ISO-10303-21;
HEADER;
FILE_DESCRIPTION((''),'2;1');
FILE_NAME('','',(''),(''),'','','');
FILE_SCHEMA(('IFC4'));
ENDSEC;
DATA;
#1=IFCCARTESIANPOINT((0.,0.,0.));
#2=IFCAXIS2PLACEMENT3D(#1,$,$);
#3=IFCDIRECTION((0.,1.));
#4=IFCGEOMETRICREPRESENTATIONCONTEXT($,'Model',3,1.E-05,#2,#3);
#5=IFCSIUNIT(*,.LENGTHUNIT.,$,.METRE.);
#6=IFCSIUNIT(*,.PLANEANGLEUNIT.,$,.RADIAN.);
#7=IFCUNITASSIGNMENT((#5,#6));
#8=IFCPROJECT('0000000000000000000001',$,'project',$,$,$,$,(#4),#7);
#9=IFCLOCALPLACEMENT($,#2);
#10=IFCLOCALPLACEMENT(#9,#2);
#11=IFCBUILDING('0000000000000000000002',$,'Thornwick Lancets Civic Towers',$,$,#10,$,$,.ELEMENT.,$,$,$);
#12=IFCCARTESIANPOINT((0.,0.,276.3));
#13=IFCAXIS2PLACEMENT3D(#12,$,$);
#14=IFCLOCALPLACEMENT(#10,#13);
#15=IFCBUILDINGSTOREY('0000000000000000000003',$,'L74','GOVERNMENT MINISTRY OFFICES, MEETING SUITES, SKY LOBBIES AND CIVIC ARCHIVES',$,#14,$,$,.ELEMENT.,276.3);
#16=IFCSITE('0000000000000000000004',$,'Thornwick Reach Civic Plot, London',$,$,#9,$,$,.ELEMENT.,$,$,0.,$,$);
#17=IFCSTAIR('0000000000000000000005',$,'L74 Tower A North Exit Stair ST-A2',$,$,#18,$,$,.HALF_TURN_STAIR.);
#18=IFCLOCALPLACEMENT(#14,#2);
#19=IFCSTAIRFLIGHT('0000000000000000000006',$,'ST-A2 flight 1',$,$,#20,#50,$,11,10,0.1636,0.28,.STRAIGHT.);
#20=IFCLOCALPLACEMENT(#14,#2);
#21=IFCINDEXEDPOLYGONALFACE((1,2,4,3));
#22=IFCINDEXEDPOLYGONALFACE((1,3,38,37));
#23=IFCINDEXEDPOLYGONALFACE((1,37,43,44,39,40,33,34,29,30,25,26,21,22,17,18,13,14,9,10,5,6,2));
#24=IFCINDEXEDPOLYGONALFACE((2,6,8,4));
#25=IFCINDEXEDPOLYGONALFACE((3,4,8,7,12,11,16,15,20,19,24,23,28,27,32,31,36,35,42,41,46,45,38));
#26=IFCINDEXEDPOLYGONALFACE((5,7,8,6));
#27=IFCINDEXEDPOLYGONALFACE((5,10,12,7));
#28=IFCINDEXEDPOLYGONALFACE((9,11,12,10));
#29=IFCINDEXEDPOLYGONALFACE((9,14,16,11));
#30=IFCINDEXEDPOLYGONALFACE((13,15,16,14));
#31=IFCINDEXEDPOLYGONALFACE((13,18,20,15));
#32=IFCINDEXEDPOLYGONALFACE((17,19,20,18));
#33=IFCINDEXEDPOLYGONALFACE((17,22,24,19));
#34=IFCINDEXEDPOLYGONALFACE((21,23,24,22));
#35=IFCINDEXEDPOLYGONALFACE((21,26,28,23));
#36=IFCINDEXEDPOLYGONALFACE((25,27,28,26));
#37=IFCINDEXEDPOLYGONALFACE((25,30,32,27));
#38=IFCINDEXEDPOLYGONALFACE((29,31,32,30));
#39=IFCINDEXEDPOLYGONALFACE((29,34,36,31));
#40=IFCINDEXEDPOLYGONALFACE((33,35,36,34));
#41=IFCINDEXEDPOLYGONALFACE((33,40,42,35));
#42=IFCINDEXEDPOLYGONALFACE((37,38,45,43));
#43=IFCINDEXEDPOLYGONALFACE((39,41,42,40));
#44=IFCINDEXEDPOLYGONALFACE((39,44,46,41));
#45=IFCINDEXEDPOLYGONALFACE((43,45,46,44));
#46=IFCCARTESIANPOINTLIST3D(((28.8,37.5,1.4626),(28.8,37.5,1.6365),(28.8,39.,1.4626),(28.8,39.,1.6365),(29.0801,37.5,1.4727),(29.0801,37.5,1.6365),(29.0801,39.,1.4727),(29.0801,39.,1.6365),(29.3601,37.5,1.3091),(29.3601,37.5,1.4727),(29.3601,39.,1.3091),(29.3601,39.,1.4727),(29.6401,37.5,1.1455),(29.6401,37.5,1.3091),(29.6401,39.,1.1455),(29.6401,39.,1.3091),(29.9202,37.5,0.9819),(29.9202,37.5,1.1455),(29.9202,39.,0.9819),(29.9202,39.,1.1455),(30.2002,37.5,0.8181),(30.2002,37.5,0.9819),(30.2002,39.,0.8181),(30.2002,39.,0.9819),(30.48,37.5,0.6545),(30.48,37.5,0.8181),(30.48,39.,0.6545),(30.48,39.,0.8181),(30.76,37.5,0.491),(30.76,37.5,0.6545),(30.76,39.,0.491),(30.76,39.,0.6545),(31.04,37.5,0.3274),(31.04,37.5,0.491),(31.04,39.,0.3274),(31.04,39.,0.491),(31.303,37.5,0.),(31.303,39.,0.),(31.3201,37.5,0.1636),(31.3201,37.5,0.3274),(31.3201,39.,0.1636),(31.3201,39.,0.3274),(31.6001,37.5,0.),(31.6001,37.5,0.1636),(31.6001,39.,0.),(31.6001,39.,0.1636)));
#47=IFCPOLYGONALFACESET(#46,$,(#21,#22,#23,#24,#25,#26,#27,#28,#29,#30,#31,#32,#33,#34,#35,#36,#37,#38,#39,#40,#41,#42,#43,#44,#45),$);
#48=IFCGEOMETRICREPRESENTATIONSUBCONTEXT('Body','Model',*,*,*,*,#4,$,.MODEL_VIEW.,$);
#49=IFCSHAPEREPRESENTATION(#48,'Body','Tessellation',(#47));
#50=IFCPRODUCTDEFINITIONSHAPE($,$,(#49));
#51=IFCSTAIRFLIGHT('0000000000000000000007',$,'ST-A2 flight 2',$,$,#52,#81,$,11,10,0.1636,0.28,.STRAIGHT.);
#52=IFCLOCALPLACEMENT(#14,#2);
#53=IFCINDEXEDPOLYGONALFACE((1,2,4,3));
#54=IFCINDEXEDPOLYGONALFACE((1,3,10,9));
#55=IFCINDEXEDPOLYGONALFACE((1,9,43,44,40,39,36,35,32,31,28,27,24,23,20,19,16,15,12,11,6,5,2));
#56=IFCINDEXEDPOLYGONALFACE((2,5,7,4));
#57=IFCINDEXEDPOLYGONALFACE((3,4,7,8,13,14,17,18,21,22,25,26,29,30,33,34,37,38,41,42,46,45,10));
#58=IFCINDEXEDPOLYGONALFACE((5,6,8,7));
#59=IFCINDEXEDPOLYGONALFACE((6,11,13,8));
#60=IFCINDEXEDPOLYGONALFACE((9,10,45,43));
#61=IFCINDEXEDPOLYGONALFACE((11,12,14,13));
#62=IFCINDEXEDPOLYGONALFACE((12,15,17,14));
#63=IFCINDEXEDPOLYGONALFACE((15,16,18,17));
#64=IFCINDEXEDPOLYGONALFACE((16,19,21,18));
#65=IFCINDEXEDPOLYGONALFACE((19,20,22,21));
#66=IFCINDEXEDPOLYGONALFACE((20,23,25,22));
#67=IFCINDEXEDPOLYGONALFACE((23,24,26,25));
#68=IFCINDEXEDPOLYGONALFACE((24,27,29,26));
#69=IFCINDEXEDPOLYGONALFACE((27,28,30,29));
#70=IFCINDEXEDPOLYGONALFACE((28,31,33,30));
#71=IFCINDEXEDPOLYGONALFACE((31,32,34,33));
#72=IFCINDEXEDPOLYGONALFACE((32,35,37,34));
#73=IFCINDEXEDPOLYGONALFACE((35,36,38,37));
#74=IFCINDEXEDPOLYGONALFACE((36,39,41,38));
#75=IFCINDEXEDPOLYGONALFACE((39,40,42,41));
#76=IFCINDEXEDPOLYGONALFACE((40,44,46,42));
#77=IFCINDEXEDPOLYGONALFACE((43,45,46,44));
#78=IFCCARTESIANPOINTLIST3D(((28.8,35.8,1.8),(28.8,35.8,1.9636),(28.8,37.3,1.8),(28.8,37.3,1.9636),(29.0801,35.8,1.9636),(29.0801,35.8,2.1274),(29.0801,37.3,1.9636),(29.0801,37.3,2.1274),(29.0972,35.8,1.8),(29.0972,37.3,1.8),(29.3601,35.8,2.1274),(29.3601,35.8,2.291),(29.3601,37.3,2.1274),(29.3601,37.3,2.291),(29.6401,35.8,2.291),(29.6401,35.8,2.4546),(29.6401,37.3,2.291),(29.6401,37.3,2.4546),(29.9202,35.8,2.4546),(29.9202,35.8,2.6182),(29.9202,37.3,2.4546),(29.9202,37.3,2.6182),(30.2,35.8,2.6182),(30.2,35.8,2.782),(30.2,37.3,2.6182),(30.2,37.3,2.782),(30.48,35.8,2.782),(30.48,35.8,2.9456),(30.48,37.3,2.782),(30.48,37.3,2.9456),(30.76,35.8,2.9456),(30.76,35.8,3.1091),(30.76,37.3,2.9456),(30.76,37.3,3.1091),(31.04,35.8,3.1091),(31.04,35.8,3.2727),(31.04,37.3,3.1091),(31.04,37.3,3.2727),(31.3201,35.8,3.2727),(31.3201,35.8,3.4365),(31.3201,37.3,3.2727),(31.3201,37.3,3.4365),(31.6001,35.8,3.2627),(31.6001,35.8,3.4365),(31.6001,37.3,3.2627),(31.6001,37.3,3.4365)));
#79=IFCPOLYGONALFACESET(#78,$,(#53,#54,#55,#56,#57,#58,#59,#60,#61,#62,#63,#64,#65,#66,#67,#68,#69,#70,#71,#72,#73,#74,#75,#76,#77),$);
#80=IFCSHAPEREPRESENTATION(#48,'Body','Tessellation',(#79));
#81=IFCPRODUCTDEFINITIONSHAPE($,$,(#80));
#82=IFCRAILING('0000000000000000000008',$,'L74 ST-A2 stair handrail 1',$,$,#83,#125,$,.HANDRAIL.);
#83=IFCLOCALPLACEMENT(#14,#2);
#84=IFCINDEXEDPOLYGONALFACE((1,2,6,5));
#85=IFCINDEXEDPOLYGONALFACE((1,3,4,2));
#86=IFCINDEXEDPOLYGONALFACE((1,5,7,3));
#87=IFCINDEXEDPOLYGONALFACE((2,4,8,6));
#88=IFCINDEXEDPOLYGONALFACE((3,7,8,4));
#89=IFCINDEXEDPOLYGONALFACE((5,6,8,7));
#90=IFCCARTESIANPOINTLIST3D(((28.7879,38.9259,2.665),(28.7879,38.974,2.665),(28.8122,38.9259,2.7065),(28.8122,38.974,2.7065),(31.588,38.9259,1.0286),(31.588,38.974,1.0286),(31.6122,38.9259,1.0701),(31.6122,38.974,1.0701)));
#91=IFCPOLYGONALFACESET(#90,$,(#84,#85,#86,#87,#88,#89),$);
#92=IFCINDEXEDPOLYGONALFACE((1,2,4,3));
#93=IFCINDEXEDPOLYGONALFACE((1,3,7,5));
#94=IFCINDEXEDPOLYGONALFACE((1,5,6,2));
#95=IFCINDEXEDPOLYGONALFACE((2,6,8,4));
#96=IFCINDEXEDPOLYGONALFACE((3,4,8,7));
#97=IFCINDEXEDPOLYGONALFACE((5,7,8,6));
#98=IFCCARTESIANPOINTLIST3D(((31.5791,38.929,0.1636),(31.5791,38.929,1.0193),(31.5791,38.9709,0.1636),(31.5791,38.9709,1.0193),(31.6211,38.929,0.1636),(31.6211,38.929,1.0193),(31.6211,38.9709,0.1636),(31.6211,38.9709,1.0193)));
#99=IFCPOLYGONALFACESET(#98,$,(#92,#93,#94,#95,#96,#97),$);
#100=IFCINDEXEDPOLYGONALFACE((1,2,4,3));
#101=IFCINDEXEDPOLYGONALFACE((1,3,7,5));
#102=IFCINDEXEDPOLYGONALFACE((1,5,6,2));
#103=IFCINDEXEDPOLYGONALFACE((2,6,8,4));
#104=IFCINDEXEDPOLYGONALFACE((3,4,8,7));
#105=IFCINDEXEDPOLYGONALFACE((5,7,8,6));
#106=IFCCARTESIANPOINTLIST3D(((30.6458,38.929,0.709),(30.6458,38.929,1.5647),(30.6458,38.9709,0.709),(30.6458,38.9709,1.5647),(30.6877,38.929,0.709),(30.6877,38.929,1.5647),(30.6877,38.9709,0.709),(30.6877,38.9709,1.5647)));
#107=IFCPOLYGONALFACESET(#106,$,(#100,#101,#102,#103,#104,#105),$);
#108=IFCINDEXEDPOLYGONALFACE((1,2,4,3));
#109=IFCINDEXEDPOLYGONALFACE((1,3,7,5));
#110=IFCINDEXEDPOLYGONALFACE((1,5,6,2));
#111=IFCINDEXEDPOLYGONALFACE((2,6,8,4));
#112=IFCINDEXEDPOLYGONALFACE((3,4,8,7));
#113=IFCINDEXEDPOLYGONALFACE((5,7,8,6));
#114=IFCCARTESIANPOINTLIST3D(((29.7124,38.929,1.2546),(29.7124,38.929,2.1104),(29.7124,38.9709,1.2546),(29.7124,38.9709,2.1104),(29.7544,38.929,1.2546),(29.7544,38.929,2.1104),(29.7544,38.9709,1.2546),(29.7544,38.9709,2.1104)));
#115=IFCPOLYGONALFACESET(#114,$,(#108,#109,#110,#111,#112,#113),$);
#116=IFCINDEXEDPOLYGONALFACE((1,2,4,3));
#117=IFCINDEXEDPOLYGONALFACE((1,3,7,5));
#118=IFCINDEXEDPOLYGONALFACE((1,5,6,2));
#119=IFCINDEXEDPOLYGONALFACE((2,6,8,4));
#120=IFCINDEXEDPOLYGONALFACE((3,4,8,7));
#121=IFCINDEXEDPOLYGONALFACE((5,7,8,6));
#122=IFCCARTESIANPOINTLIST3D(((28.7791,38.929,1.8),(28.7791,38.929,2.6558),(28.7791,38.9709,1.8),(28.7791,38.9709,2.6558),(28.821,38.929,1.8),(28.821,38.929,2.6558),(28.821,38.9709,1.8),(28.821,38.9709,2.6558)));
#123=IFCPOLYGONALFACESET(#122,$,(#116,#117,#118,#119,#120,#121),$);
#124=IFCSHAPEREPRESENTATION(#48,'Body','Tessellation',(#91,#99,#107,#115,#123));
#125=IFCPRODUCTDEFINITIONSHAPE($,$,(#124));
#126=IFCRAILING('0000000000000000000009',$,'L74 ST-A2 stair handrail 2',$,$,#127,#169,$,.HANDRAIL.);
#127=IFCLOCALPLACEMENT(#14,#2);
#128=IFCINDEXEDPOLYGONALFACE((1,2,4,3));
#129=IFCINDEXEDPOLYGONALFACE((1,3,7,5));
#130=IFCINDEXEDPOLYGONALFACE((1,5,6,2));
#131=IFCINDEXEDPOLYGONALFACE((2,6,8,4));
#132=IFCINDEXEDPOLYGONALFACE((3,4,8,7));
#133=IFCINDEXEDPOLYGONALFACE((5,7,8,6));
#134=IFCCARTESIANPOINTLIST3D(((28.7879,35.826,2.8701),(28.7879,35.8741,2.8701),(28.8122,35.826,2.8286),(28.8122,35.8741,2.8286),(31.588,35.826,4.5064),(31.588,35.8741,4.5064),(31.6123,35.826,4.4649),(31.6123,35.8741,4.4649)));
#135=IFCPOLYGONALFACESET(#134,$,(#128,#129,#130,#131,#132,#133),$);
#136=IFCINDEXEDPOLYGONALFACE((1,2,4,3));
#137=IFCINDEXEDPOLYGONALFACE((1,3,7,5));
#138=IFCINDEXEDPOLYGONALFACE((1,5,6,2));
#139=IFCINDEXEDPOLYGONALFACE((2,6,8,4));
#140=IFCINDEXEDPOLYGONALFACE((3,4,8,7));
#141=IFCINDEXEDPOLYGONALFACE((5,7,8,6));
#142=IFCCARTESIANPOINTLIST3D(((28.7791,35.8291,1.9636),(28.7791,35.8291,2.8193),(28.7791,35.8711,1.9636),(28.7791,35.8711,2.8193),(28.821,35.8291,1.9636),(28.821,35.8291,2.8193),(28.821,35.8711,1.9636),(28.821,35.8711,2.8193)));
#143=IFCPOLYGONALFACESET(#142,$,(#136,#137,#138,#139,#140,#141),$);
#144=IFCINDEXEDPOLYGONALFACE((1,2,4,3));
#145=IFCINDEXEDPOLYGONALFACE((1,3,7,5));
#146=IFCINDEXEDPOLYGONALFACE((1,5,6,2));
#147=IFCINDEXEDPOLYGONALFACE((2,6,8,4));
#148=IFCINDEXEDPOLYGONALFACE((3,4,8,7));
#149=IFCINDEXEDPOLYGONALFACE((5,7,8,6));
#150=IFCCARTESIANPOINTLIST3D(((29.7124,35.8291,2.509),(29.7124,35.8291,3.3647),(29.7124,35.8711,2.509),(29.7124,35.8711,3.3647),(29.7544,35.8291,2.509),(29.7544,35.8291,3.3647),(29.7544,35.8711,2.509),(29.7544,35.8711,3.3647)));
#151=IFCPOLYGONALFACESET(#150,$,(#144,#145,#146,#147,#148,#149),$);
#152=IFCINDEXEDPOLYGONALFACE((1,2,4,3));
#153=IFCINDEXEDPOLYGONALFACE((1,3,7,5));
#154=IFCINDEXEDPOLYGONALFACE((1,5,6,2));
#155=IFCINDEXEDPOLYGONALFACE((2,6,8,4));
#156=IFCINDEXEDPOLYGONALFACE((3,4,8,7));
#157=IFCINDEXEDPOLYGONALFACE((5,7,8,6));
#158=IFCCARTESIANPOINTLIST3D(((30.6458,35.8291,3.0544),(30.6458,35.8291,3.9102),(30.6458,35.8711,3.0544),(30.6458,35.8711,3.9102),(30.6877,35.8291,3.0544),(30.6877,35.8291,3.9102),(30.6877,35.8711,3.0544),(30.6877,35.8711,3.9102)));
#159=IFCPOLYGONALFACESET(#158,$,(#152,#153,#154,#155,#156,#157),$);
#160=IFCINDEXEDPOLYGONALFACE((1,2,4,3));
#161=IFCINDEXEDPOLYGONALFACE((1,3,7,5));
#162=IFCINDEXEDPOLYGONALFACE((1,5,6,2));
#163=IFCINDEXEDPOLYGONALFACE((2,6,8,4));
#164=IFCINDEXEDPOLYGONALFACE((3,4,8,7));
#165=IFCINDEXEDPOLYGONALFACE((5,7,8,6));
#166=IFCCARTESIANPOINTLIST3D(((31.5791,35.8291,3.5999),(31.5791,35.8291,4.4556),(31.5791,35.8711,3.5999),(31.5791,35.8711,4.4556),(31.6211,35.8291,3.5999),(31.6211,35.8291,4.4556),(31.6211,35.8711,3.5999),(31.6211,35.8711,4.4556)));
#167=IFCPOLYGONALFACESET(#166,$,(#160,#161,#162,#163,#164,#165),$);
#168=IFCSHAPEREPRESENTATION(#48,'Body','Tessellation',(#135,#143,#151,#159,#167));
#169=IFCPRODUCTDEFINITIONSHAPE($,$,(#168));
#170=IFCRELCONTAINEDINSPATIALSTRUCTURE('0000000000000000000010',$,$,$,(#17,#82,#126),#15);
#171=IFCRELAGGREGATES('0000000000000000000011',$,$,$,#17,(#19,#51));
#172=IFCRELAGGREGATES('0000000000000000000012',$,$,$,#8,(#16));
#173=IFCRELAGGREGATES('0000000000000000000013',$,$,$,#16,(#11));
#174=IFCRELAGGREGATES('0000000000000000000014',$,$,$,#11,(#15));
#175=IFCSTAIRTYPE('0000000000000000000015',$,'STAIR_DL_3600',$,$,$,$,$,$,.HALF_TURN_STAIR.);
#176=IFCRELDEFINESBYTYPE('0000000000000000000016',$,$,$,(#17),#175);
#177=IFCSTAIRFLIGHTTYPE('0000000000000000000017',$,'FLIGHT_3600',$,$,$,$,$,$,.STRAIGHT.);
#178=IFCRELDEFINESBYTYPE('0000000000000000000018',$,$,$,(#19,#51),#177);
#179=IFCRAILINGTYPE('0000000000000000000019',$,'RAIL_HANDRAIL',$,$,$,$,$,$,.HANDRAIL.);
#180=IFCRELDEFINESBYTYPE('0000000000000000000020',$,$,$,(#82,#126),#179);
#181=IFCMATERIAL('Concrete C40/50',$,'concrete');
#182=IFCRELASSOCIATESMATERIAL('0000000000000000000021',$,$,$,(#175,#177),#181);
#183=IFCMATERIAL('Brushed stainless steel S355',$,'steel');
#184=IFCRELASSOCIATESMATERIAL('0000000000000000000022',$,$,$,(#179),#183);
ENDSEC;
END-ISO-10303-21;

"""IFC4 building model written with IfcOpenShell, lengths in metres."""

from ifc_helpers import new_model, si_unit, direction, frame, origin, origin_2d, place, context, subcontext, project, spatial, polyline, rectangle, outline, extrude, material, type_object, element, aggregate, save


model = new_model("IFC4")

# Units and contexts
model_context = context("Model", 3, precision=1e-05, world=origin(), true_north=direction((0.0, 1.0)))
body_context = subcontext(model_context, "Body", "Model", "MODEL_VIEW")
ifc_project = project(units=[si_unit("LENGTHUNIT", "METRE"), si_unit("PLANEANGLEUNIT", "RADIAN")], contexts=[model_context])

# Site, building, storey
site_placement = place(None, origin())
site = spatial("IfcSite", under=ifc_project, at=site_placement, Name="Thornwick Reach Civic Plot, London", CompositionType="ELEMENT", RefElevation=0.0)
building_placement = place(site_placement, origin())
building = spatial("IfcBuilding", under=site, at=building_placement, Name="Thornwick Lancets Civic Towers", CompositionType="ELEMENT")
storey_placement = place(building_placement, frame((0.0, 0.0, 276.3)))
storey = spatial("IfcBuildingStorey", under=building, at=storey_placement, Name="L74", Description="GOVERNMENT MINISTRY OFFICES, MEETING SUITES, SKY LOBBIES AND CIVIC ARCHIVES", CompositionType="ELEMENT", Elevation=276.3)

# Shared definitions
ifc_material_1 = material(Name="Concrete C40/50", Category="concrete")

# Stair, stair flights
stair_type = type_object("IfcStairType", Name="STAIR_DL_3600", PredefinedType="HALF_TURN_STAIR", material=ifc_material_1)
stair_placement = place(storey_placement, origin())
stair = element("IfcStair", 1, at=stair_placement, inside=storey, type_object=stair_type, Name="L74 Tower A North Exit Stair ST-A2", PredefinedType="HALF_TURN_STAIR")
stair_flight_type = type_object("IfcStairFlightType", Name="FLIGHT_3600", PredefinedType="STRAIGHT", material=ifc_material_1)
stair_flight_1_placement = place(storey_placement, frame((31.6001, 38.25, 0.0), z_axis=(0.0, 0.0, 1.0), x_axis=(-1.0, 0.0, 0.0)))
stair_flight_1 = element("IfcStairFlight", 2, at=stair_flight_1_placement, type_object=stair_flight_type, Name="ST-A2 flight 1", NumberOfRisers=11, NumberOfTreads=10, PredefinedType="STRAIGHT", RiserHeight=0.1636, TreadLength=0.28, context=body_context, shape_type="SweptSolid", body=[
    extrude(outline(polyline([(0.0, 0.0), (0.0, 0.1636), (0.28, 0.1636), (0.28, 0.3274), (0.5601, 0.3274), (0.5601, 0.491), (0.8401, 0.491), (0.8401, 0.6545), (1.1201, 0.6545), (1.1201, 0.8181), (1.3999, 0.8181), (1.3999, 0.9819), (1.6799, 0.9819), (1.6799, 1.1455), (1.96, 1.1455), (1.96, 1.3091), (2.24, 1.3091), (2.24, 1.4727), (2.52, 1.4727), (2.52, 1.6365), (2.8, 1.6365), (2.8, 1.8), (2.8, 1.4626), (0.2971, 0.0), (0.0, 0.0)])), frame((0.0, 0.75, 0.0), z_axis=(0.0, -1.0, 0.0), x_axis=(1.0, 0.0, 0.0)), (0.0, 0.0, 1.0), 1.5),
])
stair_flight_2_placement = place(storey_placement, frame((28.8, 36.55, 1.8), z_axis=(0.0, 0.0, 1.0), x_axis=(1.0, 0.0, 0.0)))
stair_flight_2 = element("IfcStairFlight", 3, at=stair_flight_2_placement, type_object=stair_flight_type, Name="ST-A2 flight 2", NumberOfRisers=11, NumberOfTreads=10, PredefinedType="STRAIGHT", RiserHeight=0.1636, TreadLength=0.28, context=body_context, shape_type="SweptSolid", body=[
    extrude(outline(polyline([(0.0, 0.0), (0.0, 0.1636), (0.28, 0.1636), (0.28, 0.3274), (0.5601, 0.3274), (0.5601, 0.491), (0.8401, 0.491), (0.8401, 0.6545), (1.1201, 0.6545), (1.1201, 0.8181), (1.3999, 0.8181), (1.3999, 0.9819), (1.6799, 0.9819), (1.6799, 1.1455), (1.96, 1.1455), (1.96, 1.3091), (2.24, 1.3091), (2.24, 1.4727), (2.52, 1.4727), (2.52, 1.6365), (2.8, 1.6365), (2.8, 1.8), (2.8, 1.4626), (0.2971, 0.0), (0.0, 0.0)])), frame((0.0, 0.75, 0.0), z_axis=(0.0, -1.0, 0.0), x_axis=(1.0, 0.0, 0.0)), (0.0, 0.0, 1.0), 1.5),
])
aggregate(stair, [stair_flight_1, stair_flight_2])

# Railings
ifc_material_2 = material(Name="Brushed stainless steel S355", Category="steel")
railing_type_1 = type_object("IfcRailingType", Name="RAIL_HANDRAIL", PredefinedType="HANDRAIL", material=ifc_material_2)
railing_1_placement = place(storey_placement, frame((31.6001, 38.95, 0.1636)))
element("IfcRailing", 4, at=railing_1_placement, inside=storey, type_object=railing_type_1, Name="L74 ST-A2 stair handrail 1", PredefinedType="HANDRAIL", context=body_context, shape_type="SweptSolid", body=[
    extrude(rectangle(XDim=0.0481, YDim=0.0481, at=origin_2d()), frame((0.0, 0.0, 0.8857), z_axis=(-0.863361, 0.0, 0.504587), x_axis=(0.0, -1.0, 0.0)), (0.0, 0.0, 1.0), 3.2432),
    extrude(rectangle(XDim=0.042, YDim=0.042, at=origin_2d()), origin(), (0.0, 0.0, 1.0), 0.8557),
    extrude(rectangle(XDim=0.042, YDim=0.042, at=origin_2d()), frame((-0.9333, 0.0, 0.5454)), (0.0, 0.0, 1.0), 0.8557),
    extrude(rectangle(XDim=0.042, YDim=0.042, at=origin_2d()), frame((-1.8667, 0.0, 1.0911)), (0.0, 0.0, 1.0), 0.8557),
    extrude(rectangle(XDim=0.042, YDim=0.042, at=origin_2d()), frame((-2.8, 0.0, 1.6365)), (0.0, 0.0, 1.0), 0.8557),
])
railing_2_placement = place(storey_placement, frame((28.8, 35.8501, 1.9636)))
element("IfcRailing", 5, at=railing_2_placement, inside=storey, type_object=railing_type_1, Name="L74 ST-A2 stair handrail 2", PredefinedType="HANDRAIL", context=body_context, shape_type="SweptSolid", body=[
    extrude(rectangle(XDim=0.0481, YDim=0.0481, at=origin_2d()), frame((0.0, 0.0, 0.8857), z_axis=(0.863394, 0.0, 0.504531), x_axis=(0.0, 1.0, 0.0)), (0.0, 0.0, 1.0), 3.2432),
    extrude(rectangle(XDim=0.042, YDim=0.042, at=origin_2d()), origin(), (0.0, 0.0, 1.0), 0.8557),
    extrude(rectangle(XDim=0.042, YDim=0.042, at=origin_2d()), frame((0.9333, 0.0, 0.5454)), (0.0, 0.0, 1.0), 0.8557),
    extrude(rectangle(XDim=0.042, YDim=0.042, at=origin_2d()), frame((1.8667, 0.0, 1.0908)), (0.0, 0.0, 1.0), 0.8557),
    extrude(rectangle(XDim=0.042, YDim=0.042, at=origin_2d()), frame((2.8, 0.0, 1.6362)), (0.0, 0.0, 1.0), 0.8557),
])

save(model, "model.ifc")
